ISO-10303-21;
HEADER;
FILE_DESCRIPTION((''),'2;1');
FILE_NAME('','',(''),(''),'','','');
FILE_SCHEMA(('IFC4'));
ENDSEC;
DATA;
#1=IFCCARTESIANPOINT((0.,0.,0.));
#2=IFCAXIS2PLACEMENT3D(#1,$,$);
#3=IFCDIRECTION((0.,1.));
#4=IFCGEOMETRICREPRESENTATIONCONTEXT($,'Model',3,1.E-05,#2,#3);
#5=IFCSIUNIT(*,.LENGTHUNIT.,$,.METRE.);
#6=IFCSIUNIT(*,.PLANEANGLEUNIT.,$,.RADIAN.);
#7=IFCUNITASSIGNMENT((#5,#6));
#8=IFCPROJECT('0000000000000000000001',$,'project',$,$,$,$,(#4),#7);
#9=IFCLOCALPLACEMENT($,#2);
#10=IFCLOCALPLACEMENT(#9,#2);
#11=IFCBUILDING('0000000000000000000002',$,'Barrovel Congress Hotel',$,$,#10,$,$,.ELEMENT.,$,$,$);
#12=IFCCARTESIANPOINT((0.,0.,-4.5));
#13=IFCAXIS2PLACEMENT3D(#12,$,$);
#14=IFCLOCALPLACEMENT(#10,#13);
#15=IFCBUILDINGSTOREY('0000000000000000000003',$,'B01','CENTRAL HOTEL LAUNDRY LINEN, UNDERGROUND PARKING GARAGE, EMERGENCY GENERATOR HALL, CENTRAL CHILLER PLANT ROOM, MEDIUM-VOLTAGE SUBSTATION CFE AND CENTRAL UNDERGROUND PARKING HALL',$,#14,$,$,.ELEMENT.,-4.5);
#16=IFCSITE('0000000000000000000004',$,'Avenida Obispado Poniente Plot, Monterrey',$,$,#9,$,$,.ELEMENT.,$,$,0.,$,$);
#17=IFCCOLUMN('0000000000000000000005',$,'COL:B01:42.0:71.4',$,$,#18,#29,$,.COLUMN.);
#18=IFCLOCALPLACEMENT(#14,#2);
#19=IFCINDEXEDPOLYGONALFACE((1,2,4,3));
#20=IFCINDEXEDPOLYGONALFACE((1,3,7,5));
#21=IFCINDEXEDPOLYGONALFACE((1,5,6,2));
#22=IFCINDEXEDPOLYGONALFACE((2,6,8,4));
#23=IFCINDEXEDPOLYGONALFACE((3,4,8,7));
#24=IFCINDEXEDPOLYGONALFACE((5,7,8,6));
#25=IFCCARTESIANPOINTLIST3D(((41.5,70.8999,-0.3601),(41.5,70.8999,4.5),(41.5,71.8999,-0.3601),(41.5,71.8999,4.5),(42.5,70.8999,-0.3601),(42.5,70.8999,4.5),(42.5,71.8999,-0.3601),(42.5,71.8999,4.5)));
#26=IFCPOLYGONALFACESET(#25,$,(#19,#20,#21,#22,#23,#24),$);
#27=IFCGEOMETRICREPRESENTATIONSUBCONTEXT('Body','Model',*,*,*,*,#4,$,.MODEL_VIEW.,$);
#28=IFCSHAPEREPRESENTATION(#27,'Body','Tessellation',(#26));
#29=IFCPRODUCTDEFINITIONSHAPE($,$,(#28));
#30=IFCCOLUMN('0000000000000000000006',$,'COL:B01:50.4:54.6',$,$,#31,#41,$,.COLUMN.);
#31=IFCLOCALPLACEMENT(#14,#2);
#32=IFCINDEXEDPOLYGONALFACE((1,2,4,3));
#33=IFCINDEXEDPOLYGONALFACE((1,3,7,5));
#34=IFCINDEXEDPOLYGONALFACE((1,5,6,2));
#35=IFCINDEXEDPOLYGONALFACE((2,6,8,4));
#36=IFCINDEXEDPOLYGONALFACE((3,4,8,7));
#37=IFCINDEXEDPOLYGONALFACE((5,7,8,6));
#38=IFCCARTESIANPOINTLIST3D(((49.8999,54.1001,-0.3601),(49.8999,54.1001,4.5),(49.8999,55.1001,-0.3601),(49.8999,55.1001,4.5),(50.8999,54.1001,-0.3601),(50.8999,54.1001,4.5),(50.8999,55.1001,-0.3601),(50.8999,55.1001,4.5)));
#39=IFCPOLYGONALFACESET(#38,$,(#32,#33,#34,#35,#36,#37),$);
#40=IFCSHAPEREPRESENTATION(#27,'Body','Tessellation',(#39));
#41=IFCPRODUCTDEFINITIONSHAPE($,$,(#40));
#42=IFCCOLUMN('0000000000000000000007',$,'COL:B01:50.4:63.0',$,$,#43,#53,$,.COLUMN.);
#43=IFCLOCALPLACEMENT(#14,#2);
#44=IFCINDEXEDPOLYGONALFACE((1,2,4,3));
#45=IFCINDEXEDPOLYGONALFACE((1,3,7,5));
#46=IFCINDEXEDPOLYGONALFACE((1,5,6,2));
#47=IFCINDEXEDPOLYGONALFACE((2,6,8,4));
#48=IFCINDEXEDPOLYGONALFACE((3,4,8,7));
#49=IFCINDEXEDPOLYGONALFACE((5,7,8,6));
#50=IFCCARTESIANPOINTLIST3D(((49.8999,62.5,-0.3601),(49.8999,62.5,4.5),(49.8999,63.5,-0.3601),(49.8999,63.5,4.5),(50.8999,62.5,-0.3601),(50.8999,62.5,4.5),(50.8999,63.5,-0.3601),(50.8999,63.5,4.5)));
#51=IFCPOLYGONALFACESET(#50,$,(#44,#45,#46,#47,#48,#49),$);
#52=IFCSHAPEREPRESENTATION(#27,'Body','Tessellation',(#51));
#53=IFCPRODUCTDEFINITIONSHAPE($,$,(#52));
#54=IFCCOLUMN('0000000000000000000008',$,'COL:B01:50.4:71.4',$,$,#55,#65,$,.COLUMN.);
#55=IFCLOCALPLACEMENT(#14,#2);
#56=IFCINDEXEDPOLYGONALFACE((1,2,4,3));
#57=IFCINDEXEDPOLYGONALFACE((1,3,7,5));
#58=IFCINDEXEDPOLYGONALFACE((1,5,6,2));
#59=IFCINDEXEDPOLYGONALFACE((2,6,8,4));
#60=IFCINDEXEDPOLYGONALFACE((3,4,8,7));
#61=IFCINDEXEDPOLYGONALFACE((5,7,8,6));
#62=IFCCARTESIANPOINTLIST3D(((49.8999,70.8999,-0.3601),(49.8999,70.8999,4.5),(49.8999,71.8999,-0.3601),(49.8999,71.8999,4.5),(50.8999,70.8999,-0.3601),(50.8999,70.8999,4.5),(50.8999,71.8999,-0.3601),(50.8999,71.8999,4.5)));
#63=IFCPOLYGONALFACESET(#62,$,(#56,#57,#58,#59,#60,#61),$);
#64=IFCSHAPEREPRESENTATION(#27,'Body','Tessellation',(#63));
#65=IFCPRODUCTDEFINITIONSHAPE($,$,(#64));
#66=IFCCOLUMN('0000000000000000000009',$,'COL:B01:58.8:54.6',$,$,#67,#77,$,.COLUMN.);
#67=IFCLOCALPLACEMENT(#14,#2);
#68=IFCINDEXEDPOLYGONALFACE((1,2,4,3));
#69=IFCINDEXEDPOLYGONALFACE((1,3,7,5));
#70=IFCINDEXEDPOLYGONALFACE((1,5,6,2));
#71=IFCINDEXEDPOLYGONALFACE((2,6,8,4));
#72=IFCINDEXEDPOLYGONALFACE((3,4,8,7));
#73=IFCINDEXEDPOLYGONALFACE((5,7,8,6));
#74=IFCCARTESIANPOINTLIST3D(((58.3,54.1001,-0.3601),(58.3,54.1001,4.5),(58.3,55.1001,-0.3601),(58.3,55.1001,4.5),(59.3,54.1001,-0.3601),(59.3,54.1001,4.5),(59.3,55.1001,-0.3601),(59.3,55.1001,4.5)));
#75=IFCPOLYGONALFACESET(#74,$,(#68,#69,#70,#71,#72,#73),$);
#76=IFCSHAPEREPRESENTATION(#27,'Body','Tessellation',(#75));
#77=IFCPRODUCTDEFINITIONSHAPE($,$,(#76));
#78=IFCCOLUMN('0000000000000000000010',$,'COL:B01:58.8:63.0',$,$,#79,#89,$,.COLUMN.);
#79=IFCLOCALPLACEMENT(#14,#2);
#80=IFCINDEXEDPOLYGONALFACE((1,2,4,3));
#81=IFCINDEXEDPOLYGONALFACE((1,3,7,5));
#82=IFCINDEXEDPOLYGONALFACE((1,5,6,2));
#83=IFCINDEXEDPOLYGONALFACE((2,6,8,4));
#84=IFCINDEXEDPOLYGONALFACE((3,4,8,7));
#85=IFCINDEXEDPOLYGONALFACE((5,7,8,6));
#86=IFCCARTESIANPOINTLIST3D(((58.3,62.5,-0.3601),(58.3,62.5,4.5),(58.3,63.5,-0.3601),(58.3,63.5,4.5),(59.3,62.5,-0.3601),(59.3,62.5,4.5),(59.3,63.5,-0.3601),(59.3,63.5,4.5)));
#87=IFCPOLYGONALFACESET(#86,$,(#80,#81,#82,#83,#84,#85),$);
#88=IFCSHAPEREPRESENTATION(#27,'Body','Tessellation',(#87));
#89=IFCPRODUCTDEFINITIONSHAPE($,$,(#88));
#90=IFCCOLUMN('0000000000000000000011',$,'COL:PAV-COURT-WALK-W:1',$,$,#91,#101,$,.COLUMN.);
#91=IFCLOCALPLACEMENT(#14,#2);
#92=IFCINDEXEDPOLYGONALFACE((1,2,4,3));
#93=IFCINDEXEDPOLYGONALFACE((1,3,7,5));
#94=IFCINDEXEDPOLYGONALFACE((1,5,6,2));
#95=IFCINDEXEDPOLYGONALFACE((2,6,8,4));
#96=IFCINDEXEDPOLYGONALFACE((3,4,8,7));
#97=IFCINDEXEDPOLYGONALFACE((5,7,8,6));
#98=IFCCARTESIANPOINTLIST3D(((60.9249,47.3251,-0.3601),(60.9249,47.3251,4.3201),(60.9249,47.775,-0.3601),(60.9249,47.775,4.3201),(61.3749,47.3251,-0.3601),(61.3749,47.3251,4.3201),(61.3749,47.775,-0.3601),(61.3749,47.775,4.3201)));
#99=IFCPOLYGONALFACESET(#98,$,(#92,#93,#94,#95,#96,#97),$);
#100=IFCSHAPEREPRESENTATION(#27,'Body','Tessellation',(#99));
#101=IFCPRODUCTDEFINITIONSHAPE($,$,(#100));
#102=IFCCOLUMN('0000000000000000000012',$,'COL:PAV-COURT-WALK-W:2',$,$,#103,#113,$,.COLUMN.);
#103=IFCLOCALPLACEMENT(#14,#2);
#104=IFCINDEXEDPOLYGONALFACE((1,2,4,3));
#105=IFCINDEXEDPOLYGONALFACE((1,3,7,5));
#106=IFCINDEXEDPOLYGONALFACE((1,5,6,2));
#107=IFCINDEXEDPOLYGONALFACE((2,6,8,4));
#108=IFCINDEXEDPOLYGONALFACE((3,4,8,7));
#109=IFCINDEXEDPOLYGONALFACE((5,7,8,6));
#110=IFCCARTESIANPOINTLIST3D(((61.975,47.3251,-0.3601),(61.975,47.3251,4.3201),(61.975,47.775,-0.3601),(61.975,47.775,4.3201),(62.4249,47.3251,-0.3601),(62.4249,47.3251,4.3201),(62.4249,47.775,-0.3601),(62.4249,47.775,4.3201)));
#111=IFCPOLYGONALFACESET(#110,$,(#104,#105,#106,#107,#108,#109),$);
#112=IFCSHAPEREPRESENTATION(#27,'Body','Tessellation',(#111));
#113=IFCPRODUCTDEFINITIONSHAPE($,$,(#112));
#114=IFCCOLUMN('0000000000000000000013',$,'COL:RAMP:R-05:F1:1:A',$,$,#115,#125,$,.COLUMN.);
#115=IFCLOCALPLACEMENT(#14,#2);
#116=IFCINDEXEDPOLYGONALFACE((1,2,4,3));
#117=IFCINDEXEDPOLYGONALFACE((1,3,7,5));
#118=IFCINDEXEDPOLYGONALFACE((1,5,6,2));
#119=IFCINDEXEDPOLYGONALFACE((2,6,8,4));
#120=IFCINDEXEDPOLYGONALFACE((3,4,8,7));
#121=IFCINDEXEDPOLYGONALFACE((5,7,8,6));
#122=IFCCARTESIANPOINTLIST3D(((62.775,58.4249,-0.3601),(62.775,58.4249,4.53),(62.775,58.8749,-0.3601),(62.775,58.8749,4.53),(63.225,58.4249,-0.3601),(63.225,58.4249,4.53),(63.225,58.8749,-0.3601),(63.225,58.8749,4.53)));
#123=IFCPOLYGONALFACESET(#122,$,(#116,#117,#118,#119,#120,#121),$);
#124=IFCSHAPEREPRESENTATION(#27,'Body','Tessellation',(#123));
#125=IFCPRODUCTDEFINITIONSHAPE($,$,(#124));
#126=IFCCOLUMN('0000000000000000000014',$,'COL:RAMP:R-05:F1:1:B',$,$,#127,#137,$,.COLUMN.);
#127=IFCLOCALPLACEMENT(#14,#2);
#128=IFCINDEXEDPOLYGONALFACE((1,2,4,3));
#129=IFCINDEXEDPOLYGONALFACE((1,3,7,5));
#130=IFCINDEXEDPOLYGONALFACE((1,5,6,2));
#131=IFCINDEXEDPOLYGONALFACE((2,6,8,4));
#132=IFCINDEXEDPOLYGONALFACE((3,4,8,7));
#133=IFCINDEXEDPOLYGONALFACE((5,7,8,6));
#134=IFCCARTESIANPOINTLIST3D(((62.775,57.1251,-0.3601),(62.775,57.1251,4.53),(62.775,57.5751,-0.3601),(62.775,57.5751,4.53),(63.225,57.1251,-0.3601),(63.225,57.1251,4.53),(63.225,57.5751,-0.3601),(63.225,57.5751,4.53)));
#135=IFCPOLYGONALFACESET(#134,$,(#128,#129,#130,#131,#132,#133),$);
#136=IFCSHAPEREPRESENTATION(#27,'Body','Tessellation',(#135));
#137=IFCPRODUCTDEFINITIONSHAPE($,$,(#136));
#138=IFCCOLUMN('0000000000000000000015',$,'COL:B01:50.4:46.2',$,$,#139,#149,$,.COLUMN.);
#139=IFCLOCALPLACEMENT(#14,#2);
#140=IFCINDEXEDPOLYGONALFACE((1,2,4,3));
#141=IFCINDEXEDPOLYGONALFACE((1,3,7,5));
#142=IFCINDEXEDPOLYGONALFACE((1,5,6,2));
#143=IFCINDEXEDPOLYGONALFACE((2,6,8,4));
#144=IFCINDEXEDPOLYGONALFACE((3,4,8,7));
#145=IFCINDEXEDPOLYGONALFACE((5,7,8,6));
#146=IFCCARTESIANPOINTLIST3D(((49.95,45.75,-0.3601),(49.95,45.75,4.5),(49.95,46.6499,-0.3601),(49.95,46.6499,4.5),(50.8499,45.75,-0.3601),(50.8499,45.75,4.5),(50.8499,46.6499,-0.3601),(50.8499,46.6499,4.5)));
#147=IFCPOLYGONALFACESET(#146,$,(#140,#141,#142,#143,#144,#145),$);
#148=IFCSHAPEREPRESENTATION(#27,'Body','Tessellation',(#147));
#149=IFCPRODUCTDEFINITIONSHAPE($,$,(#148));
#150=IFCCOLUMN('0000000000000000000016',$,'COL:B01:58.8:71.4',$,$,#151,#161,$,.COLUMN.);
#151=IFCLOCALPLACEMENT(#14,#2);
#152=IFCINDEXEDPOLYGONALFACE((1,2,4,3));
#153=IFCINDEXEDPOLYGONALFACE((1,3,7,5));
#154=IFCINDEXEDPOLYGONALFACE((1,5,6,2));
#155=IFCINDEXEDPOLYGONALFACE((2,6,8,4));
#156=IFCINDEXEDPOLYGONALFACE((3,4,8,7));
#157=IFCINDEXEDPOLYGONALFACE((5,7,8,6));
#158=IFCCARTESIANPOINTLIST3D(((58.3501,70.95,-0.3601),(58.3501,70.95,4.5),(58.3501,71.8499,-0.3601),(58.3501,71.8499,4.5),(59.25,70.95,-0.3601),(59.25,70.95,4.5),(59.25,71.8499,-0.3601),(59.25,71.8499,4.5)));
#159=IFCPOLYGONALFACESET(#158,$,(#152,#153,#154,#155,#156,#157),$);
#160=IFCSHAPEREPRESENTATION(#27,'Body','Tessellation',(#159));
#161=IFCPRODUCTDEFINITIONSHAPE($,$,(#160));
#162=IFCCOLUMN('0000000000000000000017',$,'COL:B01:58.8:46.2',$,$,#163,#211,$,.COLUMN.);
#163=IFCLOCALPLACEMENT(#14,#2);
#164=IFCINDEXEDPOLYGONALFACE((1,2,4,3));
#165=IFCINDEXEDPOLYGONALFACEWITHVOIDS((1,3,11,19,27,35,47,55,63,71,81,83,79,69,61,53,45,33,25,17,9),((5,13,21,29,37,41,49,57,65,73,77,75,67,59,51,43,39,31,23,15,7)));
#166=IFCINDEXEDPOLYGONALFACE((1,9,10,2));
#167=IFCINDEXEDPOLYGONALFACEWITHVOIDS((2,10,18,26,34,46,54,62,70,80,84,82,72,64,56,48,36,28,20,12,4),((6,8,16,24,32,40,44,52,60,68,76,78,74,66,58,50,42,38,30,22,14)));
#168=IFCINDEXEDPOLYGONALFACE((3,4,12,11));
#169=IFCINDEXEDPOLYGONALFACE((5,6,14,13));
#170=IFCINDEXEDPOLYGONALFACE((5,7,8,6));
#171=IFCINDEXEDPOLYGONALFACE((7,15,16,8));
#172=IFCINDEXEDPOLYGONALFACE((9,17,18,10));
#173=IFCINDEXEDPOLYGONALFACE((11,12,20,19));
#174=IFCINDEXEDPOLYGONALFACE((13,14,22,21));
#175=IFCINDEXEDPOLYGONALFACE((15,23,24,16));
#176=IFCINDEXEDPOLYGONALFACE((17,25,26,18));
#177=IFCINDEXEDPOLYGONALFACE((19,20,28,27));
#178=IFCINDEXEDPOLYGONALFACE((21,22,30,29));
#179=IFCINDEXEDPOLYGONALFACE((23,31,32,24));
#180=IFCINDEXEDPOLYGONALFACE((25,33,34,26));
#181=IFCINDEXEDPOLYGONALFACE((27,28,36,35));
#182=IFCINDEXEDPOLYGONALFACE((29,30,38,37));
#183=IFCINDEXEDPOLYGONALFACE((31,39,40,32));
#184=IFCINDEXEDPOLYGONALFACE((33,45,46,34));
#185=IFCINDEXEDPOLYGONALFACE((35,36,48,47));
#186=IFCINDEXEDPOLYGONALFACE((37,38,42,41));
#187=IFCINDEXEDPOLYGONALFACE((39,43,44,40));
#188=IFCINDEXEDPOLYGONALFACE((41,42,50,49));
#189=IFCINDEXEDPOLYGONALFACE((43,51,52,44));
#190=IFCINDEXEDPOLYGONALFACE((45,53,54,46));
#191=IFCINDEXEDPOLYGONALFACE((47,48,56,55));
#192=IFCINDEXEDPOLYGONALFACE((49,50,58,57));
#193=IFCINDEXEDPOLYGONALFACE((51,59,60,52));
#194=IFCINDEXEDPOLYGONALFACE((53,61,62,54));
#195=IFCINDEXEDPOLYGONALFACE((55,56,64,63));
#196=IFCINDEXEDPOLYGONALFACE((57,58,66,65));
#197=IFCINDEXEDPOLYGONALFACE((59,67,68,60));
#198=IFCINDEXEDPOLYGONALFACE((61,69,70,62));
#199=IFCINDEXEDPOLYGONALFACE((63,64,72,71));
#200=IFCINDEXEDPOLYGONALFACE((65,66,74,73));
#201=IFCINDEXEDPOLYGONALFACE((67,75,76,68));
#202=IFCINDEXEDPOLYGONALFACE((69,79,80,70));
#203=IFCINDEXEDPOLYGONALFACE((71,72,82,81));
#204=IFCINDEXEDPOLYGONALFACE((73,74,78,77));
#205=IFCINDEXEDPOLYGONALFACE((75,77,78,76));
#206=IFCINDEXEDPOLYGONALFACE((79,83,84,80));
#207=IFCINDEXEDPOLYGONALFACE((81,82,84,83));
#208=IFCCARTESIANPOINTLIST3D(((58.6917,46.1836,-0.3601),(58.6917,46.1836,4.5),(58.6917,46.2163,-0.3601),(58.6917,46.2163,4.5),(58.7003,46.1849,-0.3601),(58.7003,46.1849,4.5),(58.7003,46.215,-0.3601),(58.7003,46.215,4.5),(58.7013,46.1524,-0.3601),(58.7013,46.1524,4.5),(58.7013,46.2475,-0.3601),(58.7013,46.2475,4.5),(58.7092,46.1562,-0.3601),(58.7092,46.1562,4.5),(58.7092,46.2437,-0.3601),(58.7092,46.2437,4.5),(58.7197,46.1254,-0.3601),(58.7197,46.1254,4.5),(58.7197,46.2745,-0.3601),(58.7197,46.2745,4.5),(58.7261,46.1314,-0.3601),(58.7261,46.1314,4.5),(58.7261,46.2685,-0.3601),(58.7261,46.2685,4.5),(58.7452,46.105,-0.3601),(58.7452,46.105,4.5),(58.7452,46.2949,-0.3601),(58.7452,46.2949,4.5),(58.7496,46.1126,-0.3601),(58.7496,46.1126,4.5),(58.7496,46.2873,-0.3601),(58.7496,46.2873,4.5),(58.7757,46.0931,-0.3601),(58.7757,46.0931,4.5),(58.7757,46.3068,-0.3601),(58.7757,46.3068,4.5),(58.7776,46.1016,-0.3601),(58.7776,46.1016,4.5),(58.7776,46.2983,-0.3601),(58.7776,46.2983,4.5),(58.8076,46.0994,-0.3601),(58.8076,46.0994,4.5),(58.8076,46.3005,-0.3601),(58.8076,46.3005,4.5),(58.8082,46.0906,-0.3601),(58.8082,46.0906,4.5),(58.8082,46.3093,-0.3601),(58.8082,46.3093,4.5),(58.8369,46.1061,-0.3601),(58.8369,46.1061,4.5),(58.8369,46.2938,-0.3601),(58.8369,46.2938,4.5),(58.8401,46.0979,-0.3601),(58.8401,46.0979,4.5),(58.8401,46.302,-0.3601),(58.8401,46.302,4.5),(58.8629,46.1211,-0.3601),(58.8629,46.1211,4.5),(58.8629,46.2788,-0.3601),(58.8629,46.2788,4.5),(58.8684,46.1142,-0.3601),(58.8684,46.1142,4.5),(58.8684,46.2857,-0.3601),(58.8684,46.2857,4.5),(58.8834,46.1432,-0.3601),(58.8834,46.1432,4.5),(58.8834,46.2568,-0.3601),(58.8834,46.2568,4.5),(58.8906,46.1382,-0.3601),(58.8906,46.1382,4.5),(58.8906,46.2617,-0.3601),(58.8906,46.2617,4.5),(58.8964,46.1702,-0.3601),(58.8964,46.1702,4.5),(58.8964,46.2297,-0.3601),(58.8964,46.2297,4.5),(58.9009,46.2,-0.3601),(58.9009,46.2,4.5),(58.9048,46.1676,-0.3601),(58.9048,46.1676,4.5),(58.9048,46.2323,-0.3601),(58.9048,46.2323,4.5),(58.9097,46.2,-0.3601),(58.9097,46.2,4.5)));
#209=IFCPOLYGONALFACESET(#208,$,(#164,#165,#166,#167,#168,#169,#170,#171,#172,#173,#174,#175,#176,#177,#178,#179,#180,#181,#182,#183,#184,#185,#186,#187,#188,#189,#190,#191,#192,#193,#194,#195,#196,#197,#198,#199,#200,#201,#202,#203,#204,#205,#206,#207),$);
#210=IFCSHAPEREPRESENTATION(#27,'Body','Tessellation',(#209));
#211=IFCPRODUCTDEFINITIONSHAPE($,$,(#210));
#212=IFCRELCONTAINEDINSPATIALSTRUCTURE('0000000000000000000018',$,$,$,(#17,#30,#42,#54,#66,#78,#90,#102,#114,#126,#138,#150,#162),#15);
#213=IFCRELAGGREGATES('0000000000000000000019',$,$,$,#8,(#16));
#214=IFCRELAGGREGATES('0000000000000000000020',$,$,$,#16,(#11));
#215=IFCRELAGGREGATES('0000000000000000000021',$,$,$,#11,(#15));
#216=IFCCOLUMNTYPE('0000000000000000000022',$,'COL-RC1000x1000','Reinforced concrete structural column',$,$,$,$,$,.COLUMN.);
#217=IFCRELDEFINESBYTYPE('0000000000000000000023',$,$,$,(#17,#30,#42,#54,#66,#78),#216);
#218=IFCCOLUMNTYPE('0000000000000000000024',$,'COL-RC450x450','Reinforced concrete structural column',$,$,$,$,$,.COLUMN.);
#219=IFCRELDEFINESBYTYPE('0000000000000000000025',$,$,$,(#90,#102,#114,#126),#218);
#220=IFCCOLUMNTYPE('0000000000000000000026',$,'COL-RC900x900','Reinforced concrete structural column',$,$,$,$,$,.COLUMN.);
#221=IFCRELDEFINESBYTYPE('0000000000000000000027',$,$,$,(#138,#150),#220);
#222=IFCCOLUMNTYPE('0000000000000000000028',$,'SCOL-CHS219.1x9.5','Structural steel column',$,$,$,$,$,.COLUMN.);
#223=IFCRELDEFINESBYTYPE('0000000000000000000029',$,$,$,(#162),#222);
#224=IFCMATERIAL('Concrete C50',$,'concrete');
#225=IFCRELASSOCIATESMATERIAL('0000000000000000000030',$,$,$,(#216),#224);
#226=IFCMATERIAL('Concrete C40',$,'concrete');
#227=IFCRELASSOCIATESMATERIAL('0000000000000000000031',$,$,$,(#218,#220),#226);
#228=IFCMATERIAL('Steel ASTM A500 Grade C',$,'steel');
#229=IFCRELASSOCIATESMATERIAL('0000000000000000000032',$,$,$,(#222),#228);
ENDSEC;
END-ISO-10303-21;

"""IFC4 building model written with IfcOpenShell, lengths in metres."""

from ifc_helpers import new_model, si_unit, direction, frame, origin, origin_2d, place, context, subcontext, project, spatial, rectangle, hollow_circle, extrude, material, material_profile, profile_set, type_object, element, save


model = new_model("IFC4")

# Units and contexts
model_context = context("Model", 3, precision=1e-05, world=origin(), true_north=direction((0.0, 1.0)))
body_context = subcontext(model_context, "Body", "Model", "MODEL_VIEW")
ifc_project = project(units=[si_unit("LENGTHUNIT", "METRE"), si_unit("PLANEANGLEUNIT", "RADIAN")], contexts=[model_context])

# Site, building, storey
site_placement = place(None, origin())
site = spatial("IfcSite", under=ifc_project, at=site_placement, Name="Avenida Obispado Poniente Plot, Monterrey", CompositionType="ELEMENT", RefElevation=0.0)
building_placement = place(site_placement, origin())
building = spatial("IfcBuilding", under=site, at=building_placement, Name="Barrovel Congress Hotel", CompositionType="ELEMENT")
storey_placement = place(building_placement, frame((0.0, 0.0, -4.5)))
storey = spatial("IfcBuildingStorey", under=building, at=storey_placement, Name="B01", Description="CENTRAL HOTEL LAUNDRY LINEN, UNDERGROUND PARKING GARAGE, EMERGENCY GENERATOR HALL, CENTRAL CHILLER PLANT ROOM, MEDIUM-VOLTAGE SUBSTATION CFE AND CENTRAL UNDERGROUND PARKING HALL", CompositionType="ELEMENT", Elevation=-4.5)

# Columns
ifc_material_1 = material(Name="Concrete C50", Category="concrete")
ifc_material_profile_1 = material_profile(ifc_material_1, rectangle(XDim=1.0, YDim=1.0, at=origin_2d()), Name="RC1000x1000")
ifc_profile_set_1 = profile_set([ifc_material_profile_1], Name="Concrete C50")
column_type_1 = type_object("IfcColumnType", Name="COL-RC1000x1000", Description="Reinforced concrete structural column", PredefinedType="COLUMN", material=ifc_profile_set_1)
for number, where, z_axis, x_axis, name in (
    (1, (42.0, 71.3999, -0.3601), (0.0, 0.0, 1.0), (1.0, 0.0, 0.0), "COL:B01:42.0:71.4"),
    (2, (50.3999, 54.6001, -0.3601), (0.0, 0.0, 1.0), (1.0, 0.0, 0.0), "COL:B01:50.4:54.6"),
    (3, (50.3999, 63.0, -0.3601), (0.0, 0.0, 1.0), (1.0, 0.0, 0.0), "COL:B01:50.4:63.0"),
    (4, (50.3999, 71.3999, -0.3601), (0.0, 0.0, 1.0), (1.0, 0.0, 0.0), "COL:B01:50.4:71.4"),
    (5, (58.8, 54.6001, -0.3601), (0.0, 0.0, 1.0), (1.0, 0.0, 0.0), "COL:B01:58.8:54.6"),
    (6, (58.8, 63.0, -0.3601), (0.0, 0.0, 1.0), (1.0, 0.0, 0.0), "COL:B01:58.8:63.0"),
):
    element("IfcColumn", number, at=place(storey_placement, frame(where, z_axis=z_axis, x_axis=x_axis)), inside=storey, type_object=column_type_1, Name=name, PredefinedType="COLUMN", context=body_context, shape_type="SweptSolid", body=[
        extrude(rectangle(XDim=1.0, YDim=1.0, at=origin_2d()), origin(), (0.0, 0.0, 1.0), 4.8601),
    ])
ifc_material_2 = material(Name="Concrete C40", Category="concrete")
ifc_material_profile_2 = material_profile(ifc_material_2, rectangle(XDim=0.45, YDim=0.45, at=origin_2d()), Name="RC450x450")
ifc_profile_set_2 = profile_set([ifc_material_profile_2], Name="Concrete C40")
column_type_2 = type_object("IfcColumnType", Name="COL-RC450x450", Description="Reinforced concrete structural column", PredefinedType="COLUMN", material=ifc_profile_set_2)
for number, where, z_axis, x_axis, name in (
    (7, (61.1499, 47.55, -0.3601), (0.0, 0.0, 1.0), (1.0, 0.0, 0.0), "COL:PAV-COURT-WALK-W:1"),
    (8, (62.2, 47.55, -0.3601), (0.0, 0.0, 1.0), (1.0, 0.0, 0.0), "COL:PAV-COURT-WALK-W:2"),
):
    element("IfcColumn", number, at=place(storey_placement, frame(where, z_axis=z_axis, x_axis=x_axis)), inside=storey, type_object=column_type_2, Name=name, PredefinedType="COLUMN", context=body_context, shape_type="SweptSolid", body=[
        extrude(rectangle(XDim=0.45, YDim=0.45, at=origin_2d()), origin(), (0.0, 0.0, 1.0), 4.6802),
    ])
for number, where, z_axis, x_axis, name in (
    (9, (63.0, 58.6499, -0.3601), (0.0, 0.0, 1.0), (1.0, 0.0, 0.0), "COL:RAMP:R-05:F1:1:A"),
    (10, (63.0, 57.3501, -0.3601), (0.0, 0.0, 1.0), (1.0, 0.0, 0.0), "COL:RAMP:R-05:F1:1:B"),
):
    element("IfcColumn", number, at=place(storey_placement, frame(where, z_axis=z_axis, x_axis=x_axis)), inside=storey, type_object=column_type_2, Name=name, PredefinedType="COLUMN", context=body_context, shape_type="SweptSolid", body=[
        extrude(rectangle(XDim=0.45, YDim=0.45, at=origin_2d()), origin(), (0.0, 0.0, 1.0), 4.8901),
    ])
ifc_material_profile_3 = material_profile(ifc_material_2, rectangle(XDim=0.8999, YDim=0.8999, at=origin_2d()), Name="RC900x900")
ifc_profile_set_3 = profile_set([ifc_material_profile_3], Name="Concrete C40")
column_type_3 = type_object("IfcColumnType", Name="COL-RC900x900", Description="Reinforced concrete structural column", PredefinedType="COLUMN", material=ifc_profile_set_3)
for number, where, z_axis, x_axis, name in (
    (11, (50.3999, 46.2, -0.3601), (0.0, 0.0, 1.0), (1.0, 0.0, 0.0), "COL:B01:50.4:46.2"),
    (12, (58.8, 71.3999, -0.3601), (0.0, 0.0, 1.0), (1.0, 0.0, 0.0), "COL:B01:58.8:71.4"),
):
    element("IfcColumn", number, at=place(storey_placement, frame(where, z_axis=z_axis, x_axis=x_axis)), inside=storey, type_object=column_type_3, Name=name, PredefinedType="COLUMN", context=body_context, shape_type="SweptSolid", body=[
        extrude(rectangle(XDim=0.8999, YDim=0.8999, at=origin_2d()), origin(), (0.0, 0.0, 1.0), 4.8601),
    ])
ifc_material_3 = material(Name="Steel ASTM A500 Grade C", Category="steel")
ifc_material_profile_4 = material_profile(ifc_material_3, hollow_circle(Radius=0.1096, WallThickness=0.0088, at=origin_2d()), Name="CHS219.1x9.5")
ifc_profile_set_4 = profile_set([ifc_material_profile_4], Name="Steel ASTM A500 Grade C")
column_type_4 = type_object("IfcColumnType", Name="SCOL-CHS219.1x9.5", Description="Structural steel column", PredefinedType="COLUMN", material=ifc_profile_set_4)
for number, where, z_axis, x_axis, name in (
    (13, (58.8, 46.2, -0.3601), (0.0, 0.0, 1.0), (1.0, 0.0, 0.0), "COL:B01:58.8:46.2"),
):
    element("IfcColumn", number, at=place(storey_placement, frame(where, z_axis=z_axis, x_axis=x_axis)), inside=storey, type_object=column_type_4, Name=name, PredefinedType="COLUMN", context=body_context, shape_type="SweptSolid", body=[
        extrude(hollow_circle(Radius=0.1096, WallThickness=0.0088, at=origin_2d()), origin(), (0.0, 0.0, 1.0), 4.8601),
    ])

save(model, "model.ifc")
